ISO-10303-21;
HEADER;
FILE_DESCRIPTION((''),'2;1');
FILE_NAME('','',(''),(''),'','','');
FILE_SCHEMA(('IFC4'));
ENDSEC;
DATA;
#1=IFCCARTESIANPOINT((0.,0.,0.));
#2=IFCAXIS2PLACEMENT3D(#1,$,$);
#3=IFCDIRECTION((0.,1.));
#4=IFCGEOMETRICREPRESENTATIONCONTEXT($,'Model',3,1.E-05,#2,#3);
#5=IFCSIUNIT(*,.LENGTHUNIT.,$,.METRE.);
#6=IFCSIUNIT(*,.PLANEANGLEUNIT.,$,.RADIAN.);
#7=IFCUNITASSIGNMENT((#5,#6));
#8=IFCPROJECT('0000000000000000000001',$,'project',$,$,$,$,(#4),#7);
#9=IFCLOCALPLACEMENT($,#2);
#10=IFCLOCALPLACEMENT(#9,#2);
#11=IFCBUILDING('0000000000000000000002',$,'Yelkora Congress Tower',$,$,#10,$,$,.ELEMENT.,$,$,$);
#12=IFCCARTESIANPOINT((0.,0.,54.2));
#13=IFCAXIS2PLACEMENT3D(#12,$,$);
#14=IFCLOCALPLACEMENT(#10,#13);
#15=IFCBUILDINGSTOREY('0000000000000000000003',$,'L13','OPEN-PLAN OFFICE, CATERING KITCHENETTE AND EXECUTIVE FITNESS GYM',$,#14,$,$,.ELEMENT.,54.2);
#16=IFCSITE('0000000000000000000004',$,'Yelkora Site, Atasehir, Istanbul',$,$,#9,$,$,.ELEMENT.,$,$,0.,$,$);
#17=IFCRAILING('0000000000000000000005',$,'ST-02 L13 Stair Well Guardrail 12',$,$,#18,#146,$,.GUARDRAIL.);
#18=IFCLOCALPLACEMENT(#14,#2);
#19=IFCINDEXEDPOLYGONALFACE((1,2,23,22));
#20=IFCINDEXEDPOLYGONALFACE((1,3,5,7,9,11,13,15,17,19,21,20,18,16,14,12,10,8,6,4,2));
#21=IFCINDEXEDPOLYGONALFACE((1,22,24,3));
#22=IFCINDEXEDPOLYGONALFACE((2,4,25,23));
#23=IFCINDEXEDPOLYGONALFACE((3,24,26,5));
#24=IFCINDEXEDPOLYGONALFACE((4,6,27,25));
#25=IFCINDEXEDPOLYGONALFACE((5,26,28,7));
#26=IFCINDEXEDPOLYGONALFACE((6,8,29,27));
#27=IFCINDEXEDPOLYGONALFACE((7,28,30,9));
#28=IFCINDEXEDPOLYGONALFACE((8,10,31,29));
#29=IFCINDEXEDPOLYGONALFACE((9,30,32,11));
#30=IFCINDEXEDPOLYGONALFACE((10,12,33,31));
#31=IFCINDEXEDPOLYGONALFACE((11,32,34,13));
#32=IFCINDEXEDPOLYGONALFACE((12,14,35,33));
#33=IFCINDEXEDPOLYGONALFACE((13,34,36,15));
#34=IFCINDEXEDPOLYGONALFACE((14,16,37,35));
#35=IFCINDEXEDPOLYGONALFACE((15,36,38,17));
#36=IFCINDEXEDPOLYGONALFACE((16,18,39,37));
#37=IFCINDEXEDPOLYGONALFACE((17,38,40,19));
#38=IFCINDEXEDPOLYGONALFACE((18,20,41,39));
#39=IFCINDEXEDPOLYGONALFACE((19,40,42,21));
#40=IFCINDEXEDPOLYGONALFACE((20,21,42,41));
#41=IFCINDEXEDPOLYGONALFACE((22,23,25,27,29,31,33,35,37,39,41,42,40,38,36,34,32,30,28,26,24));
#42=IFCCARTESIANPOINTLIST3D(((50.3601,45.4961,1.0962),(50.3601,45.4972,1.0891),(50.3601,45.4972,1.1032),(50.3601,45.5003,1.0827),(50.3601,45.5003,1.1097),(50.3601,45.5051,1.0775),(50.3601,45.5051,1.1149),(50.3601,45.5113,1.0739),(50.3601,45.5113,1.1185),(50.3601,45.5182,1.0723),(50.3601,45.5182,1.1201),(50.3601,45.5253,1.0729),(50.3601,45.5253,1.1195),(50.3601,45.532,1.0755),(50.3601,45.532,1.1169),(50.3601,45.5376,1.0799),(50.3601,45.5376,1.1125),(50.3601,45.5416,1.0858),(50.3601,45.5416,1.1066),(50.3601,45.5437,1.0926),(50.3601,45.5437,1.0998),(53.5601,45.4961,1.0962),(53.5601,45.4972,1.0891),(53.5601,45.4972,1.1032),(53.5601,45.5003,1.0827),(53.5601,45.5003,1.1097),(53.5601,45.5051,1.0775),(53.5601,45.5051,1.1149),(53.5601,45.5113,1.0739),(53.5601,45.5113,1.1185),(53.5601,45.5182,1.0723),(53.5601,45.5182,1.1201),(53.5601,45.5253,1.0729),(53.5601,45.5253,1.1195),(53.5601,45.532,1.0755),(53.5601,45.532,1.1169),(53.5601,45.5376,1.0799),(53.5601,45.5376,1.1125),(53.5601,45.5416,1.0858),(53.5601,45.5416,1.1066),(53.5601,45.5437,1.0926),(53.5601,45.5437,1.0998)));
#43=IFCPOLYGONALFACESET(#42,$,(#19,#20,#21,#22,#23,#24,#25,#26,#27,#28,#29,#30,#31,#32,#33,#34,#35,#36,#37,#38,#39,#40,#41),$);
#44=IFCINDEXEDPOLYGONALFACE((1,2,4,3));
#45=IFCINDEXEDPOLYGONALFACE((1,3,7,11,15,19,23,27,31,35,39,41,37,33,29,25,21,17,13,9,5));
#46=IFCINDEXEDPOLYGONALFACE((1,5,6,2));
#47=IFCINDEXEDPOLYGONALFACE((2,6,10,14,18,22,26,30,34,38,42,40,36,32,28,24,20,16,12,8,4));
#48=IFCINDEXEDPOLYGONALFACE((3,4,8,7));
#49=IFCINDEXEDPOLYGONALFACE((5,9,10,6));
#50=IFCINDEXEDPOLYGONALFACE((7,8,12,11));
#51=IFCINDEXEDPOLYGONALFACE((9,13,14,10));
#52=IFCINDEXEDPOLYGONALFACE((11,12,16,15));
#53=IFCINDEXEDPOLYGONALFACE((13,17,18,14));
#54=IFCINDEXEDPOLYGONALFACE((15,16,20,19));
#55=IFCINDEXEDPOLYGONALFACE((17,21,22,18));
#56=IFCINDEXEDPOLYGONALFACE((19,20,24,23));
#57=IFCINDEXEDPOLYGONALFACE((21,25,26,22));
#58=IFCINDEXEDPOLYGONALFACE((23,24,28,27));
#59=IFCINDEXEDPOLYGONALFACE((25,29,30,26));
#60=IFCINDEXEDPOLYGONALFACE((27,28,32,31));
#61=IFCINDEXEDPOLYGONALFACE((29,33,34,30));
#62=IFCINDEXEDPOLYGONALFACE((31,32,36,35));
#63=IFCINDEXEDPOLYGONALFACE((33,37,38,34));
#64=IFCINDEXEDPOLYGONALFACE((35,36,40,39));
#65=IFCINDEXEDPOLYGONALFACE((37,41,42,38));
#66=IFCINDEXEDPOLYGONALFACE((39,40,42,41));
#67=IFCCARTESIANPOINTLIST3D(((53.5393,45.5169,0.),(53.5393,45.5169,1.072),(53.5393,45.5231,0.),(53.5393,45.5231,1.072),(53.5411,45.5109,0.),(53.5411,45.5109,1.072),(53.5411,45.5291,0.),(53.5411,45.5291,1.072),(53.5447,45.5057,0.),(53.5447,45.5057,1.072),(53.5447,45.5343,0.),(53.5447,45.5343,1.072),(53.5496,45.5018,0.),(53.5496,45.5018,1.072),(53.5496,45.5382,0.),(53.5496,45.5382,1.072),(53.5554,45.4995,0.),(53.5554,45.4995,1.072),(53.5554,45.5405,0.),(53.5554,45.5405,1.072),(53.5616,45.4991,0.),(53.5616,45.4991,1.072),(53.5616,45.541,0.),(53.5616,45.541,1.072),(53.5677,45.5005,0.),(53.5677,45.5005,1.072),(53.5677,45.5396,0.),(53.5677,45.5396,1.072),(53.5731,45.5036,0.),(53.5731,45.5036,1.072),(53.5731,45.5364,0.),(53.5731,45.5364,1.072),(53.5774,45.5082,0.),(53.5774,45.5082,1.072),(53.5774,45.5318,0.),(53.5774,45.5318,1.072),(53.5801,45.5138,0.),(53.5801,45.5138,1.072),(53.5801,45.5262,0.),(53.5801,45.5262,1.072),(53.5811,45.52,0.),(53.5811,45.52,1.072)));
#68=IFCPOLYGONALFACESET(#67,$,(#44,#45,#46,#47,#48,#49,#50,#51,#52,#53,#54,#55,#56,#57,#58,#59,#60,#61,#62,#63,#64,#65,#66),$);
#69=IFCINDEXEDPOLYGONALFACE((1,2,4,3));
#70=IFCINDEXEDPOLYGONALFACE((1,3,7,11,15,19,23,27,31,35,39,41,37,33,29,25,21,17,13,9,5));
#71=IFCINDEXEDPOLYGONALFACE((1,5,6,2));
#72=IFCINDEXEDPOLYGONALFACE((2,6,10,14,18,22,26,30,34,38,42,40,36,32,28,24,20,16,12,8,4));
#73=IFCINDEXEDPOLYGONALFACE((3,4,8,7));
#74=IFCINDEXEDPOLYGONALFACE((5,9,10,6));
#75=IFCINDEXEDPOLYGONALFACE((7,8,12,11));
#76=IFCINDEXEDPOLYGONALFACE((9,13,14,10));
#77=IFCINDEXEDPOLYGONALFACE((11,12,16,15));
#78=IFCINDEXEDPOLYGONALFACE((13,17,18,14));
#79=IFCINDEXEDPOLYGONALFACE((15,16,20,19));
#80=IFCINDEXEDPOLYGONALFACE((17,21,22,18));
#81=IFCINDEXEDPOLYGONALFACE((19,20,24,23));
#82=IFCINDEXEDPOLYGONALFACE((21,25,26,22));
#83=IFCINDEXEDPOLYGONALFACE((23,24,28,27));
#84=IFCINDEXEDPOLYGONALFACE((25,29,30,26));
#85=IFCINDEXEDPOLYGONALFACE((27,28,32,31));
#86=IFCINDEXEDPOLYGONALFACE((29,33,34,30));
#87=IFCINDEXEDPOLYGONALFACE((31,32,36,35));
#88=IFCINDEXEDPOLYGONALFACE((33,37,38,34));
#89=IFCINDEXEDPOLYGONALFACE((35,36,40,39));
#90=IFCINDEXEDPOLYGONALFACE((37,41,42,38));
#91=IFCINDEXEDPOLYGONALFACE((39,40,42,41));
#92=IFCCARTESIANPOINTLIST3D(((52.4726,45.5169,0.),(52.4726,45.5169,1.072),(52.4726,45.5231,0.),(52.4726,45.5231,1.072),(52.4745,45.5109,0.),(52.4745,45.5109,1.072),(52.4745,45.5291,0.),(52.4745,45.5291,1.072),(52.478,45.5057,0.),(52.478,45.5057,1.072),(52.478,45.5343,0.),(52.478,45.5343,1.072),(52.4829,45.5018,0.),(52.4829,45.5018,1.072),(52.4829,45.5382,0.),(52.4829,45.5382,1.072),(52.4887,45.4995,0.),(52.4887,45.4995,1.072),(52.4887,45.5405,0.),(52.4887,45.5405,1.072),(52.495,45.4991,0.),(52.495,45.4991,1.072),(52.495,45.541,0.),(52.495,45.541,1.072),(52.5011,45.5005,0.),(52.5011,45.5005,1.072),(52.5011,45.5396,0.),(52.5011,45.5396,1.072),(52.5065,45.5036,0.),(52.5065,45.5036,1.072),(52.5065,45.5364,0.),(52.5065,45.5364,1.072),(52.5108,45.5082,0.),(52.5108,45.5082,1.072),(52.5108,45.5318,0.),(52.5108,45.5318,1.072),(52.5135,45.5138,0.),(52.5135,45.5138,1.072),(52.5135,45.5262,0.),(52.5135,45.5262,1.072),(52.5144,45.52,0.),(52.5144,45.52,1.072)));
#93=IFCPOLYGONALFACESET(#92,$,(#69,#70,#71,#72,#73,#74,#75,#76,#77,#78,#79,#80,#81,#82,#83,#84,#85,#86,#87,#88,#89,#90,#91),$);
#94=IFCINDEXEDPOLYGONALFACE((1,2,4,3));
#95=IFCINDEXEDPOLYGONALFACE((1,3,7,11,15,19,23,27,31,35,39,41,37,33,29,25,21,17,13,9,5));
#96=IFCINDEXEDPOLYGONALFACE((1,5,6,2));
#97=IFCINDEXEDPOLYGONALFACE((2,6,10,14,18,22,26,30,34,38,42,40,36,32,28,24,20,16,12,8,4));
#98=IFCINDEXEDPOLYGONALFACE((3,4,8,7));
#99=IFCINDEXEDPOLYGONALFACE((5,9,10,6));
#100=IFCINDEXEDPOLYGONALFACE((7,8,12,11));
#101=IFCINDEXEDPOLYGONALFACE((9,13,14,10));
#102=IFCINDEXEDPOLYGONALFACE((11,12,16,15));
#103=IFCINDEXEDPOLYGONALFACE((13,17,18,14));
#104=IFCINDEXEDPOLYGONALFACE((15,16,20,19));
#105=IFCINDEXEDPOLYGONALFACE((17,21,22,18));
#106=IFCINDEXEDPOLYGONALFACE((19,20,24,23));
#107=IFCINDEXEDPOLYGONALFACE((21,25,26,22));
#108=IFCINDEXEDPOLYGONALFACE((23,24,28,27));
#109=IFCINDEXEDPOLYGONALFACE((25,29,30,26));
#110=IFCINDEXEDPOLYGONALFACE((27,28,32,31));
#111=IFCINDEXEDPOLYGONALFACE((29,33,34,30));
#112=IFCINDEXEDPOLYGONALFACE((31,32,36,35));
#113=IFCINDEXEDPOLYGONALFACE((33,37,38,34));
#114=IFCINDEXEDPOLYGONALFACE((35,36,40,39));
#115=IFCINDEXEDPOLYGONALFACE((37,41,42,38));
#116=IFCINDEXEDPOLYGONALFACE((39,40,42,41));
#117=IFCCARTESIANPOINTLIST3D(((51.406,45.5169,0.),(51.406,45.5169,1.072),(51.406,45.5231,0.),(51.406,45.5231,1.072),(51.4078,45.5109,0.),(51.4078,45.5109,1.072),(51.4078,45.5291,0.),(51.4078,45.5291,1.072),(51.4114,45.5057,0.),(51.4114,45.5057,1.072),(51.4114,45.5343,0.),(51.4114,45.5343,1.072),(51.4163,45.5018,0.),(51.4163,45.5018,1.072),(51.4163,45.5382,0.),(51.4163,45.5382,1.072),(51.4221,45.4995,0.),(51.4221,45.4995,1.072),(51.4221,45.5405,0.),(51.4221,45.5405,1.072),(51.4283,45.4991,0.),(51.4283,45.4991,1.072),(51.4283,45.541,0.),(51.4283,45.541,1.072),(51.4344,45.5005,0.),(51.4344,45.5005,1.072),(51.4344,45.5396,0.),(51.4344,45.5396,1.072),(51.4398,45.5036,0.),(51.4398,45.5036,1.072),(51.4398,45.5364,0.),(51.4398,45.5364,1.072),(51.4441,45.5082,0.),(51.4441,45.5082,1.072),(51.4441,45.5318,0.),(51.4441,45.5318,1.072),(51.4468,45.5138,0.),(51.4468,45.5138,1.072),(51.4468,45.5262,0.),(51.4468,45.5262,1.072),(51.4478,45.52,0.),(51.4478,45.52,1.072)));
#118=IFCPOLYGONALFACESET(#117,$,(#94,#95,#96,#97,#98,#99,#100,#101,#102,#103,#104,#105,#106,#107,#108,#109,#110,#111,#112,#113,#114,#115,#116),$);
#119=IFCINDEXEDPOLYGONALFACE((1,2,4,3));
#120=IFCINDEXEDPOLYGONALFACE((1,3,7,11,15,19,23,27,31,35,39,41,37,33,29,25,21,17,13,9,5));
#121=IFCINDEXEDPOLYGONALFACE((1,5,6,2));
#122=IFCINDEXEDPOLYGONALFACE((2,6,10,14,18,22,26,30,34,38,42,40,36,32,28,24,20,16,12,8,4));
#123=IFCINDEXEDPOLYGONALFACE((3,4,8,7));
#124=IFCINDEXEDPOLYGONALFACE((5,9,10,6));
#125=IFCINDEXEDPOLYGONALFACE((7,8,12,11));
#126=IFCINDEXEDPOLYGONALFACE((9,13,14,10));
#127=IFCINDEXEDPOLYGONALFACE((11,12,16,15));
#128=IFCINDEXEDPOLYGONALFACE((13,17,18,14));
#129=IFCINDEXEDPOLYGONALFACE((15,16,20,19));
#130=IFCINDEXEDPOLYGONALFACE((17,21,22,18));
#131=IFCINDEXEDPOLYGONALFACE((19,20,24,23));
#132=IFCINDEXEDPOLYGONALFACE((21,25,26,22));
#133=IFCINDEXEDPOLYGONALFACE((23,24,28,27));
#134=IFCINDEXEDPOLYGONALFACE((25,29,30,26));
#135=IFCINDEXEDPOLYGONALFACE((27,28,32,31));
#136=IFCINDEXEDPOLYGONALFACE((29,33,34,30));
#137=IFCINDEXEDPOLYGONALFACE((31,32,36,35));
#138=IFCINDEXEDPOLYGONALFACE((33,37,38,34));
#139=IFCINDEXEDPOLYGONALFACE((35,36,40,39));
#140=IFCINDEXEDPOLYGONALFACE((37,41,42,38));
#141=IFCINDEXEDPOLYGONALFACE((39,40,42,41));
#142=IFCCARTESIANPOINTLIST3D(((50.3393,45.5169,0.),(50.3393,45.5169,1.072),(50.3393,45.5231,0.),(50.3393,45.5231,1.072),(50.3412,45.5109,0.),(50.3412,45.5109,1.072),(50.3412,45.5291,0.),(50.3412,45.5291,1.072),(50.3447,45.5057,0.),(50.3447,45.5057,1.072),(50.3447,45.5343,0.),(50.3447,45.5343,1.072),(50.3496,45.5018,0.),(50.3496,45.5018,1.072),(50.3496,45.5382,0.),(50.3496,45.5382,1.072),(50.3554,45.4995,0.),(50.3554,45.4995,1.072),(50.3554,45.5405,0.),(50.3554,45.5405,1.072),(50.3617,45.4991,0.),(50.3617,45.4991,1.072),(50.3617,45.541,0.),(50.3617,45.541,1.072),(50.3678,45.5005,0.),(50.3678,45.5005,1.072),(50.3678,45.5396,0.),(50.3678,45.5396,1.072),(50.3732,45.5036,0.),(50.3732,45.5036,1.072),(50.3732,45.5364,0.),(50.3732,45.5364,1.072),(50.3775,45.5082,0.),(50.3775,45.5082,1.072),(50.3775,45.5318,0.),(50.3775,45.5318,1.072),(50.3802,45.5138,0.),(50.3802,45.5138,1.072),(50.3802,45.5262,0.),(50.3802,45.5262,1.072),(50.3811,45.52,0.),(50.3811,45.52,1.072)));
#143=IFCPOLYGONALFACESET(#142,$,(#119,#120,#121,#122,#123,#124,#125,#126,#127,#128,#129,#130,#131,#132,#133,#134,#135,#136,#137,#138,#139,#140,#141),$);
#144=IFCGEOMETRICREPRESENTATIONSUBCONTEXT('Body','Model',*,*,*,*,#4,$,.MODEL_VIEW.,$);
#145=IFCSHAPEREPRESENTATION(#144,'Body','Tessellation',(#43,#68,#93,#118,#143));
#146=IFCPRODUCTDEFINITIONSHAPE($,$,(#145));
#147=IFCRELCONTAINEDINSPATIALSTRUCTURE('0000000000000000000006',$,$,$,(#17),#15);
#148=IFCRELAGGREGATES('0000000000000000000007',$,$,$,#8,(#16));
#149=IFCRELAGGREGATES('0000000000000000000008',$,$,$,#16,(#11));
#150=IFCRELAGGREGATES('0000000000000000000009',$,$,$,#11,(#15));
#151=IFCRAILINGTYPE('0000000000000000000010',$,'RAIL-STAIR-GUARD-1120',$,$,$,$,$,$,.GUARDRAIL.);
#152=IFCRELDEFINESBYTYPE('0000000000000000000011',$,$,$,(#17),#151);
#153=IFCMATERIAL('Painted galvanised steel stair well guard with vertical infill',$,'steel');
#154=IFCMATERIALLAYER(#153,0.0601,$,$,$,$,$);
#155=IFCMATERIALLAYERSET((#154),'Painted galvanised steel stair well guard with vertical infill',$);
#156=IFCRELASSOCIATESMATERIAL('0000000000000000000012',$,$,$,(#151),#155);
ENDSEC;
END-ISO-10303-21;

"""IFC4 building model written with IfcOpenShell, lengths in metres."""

from ifc_helpers import new_model, si_unit, direction, frame, origin, origin_2d, place, context, subcontext, project, spatial, circle, extrude, material, layer, layer_set, type_object, element, save


model = new_model("IFC4")

# Units and contexts
model_context = context("Model", 3, precision=1e-05, world=origin(), true_north=direction((0.0, 1.0)))
body_context = subcontext(model_context, "Body", "Model", "MODEL_VIEW")
ifc_project = project(units=[si_unit("LENGTHUNIT", "METRE"), si_unit("PLANEANGLEUNIT", "RADIAN")], contexts=[model_context])

# Site, building, storey
site_placement = place(None, origin())
site = spatial("IfcSite", under=ifc_project, at=site_placement, Name="Yelkora Site, Atasehir, Istanbul", CompositionType="ELEMENT", RefElevation=0.0)
building_placement = place(site_placement, origin())
building = spatial("IfcBuilding", under=site, at=building_placement, Name="Yelkora Congress Tower", CompositionType="ELEMENT")
storey_placement = place(building_placement, frame((0.0, 0.0, 54.2)))
storey = spatial("IfcBuildingStorey", under=building, at=storey_placement, Name="L13", Description="OPEN-PLAN OFFICE, CATERING KITCHENETTE AND EXECUTIVE FITNESS GYM", CompositionType="ELEMENT", Elevation=54.2)

# Railing
ifc_material_1 = material(Name="Painted galvanised steel stair well guard with vertical infill", Category="steel")
ifc_layer_1 = layer(ifc_material_1, 0.0601)
ifc_layer_set_1 = layer_set([ifc_layer_1], Name="Painted galvanised steel stair well guard with vertical infill")
railing_type_1 = type_object("IfcRailingType", Name="RAIL-STAIR-GUARD-1120", PredefinedType="GUARDRAIL", material=ifc_layer_set_1)
railing_1_placement = place(storey_placement, frame((53.5601, 45.52, 0.0)))
element("IfcRailing", 1, at=railing_1_placement, inside=storey, type_object=railing_type_1, Name="ST-02 L13 Stair Well Guardrail 12", PredefinedType="GUARDRAIL", context=body_context, shape_type="SweptSolid", body=[
    extrude(circle(Radius=0.0239, at=origin_2d()), frame((0.0, 0.0, 1.0962), z_axis=(-1.0, 0.0, 0.0), x_axis=(0.0, -1.0, 0.0)), (0.0, 0.0, 1.0), 3.2),
    extrude(circle(Radius=0.021, at=origin_2d()), origin(), (0.0, 0.0, 1.0), 1.072),
    extrude(circle(Radius=0.021, at=origin_2d()), frame((-1.0667, 0.0, 0.0)), (0.0, 0.0, 1.0), 1.072),
    extrude(circle(Radius=0.021, at=origin_2d()), frame((-2.1333, 0.0, 0.0)), (0.0, 0.0, 1.0), 1.072),
    extrude(circle(Radius=0.021, at=origin_2d()), frame((-3.2, 0.0, 0.0)), (0.0, 0.0, 1.0), 1.072),
])

save(model, "model.ifc")
